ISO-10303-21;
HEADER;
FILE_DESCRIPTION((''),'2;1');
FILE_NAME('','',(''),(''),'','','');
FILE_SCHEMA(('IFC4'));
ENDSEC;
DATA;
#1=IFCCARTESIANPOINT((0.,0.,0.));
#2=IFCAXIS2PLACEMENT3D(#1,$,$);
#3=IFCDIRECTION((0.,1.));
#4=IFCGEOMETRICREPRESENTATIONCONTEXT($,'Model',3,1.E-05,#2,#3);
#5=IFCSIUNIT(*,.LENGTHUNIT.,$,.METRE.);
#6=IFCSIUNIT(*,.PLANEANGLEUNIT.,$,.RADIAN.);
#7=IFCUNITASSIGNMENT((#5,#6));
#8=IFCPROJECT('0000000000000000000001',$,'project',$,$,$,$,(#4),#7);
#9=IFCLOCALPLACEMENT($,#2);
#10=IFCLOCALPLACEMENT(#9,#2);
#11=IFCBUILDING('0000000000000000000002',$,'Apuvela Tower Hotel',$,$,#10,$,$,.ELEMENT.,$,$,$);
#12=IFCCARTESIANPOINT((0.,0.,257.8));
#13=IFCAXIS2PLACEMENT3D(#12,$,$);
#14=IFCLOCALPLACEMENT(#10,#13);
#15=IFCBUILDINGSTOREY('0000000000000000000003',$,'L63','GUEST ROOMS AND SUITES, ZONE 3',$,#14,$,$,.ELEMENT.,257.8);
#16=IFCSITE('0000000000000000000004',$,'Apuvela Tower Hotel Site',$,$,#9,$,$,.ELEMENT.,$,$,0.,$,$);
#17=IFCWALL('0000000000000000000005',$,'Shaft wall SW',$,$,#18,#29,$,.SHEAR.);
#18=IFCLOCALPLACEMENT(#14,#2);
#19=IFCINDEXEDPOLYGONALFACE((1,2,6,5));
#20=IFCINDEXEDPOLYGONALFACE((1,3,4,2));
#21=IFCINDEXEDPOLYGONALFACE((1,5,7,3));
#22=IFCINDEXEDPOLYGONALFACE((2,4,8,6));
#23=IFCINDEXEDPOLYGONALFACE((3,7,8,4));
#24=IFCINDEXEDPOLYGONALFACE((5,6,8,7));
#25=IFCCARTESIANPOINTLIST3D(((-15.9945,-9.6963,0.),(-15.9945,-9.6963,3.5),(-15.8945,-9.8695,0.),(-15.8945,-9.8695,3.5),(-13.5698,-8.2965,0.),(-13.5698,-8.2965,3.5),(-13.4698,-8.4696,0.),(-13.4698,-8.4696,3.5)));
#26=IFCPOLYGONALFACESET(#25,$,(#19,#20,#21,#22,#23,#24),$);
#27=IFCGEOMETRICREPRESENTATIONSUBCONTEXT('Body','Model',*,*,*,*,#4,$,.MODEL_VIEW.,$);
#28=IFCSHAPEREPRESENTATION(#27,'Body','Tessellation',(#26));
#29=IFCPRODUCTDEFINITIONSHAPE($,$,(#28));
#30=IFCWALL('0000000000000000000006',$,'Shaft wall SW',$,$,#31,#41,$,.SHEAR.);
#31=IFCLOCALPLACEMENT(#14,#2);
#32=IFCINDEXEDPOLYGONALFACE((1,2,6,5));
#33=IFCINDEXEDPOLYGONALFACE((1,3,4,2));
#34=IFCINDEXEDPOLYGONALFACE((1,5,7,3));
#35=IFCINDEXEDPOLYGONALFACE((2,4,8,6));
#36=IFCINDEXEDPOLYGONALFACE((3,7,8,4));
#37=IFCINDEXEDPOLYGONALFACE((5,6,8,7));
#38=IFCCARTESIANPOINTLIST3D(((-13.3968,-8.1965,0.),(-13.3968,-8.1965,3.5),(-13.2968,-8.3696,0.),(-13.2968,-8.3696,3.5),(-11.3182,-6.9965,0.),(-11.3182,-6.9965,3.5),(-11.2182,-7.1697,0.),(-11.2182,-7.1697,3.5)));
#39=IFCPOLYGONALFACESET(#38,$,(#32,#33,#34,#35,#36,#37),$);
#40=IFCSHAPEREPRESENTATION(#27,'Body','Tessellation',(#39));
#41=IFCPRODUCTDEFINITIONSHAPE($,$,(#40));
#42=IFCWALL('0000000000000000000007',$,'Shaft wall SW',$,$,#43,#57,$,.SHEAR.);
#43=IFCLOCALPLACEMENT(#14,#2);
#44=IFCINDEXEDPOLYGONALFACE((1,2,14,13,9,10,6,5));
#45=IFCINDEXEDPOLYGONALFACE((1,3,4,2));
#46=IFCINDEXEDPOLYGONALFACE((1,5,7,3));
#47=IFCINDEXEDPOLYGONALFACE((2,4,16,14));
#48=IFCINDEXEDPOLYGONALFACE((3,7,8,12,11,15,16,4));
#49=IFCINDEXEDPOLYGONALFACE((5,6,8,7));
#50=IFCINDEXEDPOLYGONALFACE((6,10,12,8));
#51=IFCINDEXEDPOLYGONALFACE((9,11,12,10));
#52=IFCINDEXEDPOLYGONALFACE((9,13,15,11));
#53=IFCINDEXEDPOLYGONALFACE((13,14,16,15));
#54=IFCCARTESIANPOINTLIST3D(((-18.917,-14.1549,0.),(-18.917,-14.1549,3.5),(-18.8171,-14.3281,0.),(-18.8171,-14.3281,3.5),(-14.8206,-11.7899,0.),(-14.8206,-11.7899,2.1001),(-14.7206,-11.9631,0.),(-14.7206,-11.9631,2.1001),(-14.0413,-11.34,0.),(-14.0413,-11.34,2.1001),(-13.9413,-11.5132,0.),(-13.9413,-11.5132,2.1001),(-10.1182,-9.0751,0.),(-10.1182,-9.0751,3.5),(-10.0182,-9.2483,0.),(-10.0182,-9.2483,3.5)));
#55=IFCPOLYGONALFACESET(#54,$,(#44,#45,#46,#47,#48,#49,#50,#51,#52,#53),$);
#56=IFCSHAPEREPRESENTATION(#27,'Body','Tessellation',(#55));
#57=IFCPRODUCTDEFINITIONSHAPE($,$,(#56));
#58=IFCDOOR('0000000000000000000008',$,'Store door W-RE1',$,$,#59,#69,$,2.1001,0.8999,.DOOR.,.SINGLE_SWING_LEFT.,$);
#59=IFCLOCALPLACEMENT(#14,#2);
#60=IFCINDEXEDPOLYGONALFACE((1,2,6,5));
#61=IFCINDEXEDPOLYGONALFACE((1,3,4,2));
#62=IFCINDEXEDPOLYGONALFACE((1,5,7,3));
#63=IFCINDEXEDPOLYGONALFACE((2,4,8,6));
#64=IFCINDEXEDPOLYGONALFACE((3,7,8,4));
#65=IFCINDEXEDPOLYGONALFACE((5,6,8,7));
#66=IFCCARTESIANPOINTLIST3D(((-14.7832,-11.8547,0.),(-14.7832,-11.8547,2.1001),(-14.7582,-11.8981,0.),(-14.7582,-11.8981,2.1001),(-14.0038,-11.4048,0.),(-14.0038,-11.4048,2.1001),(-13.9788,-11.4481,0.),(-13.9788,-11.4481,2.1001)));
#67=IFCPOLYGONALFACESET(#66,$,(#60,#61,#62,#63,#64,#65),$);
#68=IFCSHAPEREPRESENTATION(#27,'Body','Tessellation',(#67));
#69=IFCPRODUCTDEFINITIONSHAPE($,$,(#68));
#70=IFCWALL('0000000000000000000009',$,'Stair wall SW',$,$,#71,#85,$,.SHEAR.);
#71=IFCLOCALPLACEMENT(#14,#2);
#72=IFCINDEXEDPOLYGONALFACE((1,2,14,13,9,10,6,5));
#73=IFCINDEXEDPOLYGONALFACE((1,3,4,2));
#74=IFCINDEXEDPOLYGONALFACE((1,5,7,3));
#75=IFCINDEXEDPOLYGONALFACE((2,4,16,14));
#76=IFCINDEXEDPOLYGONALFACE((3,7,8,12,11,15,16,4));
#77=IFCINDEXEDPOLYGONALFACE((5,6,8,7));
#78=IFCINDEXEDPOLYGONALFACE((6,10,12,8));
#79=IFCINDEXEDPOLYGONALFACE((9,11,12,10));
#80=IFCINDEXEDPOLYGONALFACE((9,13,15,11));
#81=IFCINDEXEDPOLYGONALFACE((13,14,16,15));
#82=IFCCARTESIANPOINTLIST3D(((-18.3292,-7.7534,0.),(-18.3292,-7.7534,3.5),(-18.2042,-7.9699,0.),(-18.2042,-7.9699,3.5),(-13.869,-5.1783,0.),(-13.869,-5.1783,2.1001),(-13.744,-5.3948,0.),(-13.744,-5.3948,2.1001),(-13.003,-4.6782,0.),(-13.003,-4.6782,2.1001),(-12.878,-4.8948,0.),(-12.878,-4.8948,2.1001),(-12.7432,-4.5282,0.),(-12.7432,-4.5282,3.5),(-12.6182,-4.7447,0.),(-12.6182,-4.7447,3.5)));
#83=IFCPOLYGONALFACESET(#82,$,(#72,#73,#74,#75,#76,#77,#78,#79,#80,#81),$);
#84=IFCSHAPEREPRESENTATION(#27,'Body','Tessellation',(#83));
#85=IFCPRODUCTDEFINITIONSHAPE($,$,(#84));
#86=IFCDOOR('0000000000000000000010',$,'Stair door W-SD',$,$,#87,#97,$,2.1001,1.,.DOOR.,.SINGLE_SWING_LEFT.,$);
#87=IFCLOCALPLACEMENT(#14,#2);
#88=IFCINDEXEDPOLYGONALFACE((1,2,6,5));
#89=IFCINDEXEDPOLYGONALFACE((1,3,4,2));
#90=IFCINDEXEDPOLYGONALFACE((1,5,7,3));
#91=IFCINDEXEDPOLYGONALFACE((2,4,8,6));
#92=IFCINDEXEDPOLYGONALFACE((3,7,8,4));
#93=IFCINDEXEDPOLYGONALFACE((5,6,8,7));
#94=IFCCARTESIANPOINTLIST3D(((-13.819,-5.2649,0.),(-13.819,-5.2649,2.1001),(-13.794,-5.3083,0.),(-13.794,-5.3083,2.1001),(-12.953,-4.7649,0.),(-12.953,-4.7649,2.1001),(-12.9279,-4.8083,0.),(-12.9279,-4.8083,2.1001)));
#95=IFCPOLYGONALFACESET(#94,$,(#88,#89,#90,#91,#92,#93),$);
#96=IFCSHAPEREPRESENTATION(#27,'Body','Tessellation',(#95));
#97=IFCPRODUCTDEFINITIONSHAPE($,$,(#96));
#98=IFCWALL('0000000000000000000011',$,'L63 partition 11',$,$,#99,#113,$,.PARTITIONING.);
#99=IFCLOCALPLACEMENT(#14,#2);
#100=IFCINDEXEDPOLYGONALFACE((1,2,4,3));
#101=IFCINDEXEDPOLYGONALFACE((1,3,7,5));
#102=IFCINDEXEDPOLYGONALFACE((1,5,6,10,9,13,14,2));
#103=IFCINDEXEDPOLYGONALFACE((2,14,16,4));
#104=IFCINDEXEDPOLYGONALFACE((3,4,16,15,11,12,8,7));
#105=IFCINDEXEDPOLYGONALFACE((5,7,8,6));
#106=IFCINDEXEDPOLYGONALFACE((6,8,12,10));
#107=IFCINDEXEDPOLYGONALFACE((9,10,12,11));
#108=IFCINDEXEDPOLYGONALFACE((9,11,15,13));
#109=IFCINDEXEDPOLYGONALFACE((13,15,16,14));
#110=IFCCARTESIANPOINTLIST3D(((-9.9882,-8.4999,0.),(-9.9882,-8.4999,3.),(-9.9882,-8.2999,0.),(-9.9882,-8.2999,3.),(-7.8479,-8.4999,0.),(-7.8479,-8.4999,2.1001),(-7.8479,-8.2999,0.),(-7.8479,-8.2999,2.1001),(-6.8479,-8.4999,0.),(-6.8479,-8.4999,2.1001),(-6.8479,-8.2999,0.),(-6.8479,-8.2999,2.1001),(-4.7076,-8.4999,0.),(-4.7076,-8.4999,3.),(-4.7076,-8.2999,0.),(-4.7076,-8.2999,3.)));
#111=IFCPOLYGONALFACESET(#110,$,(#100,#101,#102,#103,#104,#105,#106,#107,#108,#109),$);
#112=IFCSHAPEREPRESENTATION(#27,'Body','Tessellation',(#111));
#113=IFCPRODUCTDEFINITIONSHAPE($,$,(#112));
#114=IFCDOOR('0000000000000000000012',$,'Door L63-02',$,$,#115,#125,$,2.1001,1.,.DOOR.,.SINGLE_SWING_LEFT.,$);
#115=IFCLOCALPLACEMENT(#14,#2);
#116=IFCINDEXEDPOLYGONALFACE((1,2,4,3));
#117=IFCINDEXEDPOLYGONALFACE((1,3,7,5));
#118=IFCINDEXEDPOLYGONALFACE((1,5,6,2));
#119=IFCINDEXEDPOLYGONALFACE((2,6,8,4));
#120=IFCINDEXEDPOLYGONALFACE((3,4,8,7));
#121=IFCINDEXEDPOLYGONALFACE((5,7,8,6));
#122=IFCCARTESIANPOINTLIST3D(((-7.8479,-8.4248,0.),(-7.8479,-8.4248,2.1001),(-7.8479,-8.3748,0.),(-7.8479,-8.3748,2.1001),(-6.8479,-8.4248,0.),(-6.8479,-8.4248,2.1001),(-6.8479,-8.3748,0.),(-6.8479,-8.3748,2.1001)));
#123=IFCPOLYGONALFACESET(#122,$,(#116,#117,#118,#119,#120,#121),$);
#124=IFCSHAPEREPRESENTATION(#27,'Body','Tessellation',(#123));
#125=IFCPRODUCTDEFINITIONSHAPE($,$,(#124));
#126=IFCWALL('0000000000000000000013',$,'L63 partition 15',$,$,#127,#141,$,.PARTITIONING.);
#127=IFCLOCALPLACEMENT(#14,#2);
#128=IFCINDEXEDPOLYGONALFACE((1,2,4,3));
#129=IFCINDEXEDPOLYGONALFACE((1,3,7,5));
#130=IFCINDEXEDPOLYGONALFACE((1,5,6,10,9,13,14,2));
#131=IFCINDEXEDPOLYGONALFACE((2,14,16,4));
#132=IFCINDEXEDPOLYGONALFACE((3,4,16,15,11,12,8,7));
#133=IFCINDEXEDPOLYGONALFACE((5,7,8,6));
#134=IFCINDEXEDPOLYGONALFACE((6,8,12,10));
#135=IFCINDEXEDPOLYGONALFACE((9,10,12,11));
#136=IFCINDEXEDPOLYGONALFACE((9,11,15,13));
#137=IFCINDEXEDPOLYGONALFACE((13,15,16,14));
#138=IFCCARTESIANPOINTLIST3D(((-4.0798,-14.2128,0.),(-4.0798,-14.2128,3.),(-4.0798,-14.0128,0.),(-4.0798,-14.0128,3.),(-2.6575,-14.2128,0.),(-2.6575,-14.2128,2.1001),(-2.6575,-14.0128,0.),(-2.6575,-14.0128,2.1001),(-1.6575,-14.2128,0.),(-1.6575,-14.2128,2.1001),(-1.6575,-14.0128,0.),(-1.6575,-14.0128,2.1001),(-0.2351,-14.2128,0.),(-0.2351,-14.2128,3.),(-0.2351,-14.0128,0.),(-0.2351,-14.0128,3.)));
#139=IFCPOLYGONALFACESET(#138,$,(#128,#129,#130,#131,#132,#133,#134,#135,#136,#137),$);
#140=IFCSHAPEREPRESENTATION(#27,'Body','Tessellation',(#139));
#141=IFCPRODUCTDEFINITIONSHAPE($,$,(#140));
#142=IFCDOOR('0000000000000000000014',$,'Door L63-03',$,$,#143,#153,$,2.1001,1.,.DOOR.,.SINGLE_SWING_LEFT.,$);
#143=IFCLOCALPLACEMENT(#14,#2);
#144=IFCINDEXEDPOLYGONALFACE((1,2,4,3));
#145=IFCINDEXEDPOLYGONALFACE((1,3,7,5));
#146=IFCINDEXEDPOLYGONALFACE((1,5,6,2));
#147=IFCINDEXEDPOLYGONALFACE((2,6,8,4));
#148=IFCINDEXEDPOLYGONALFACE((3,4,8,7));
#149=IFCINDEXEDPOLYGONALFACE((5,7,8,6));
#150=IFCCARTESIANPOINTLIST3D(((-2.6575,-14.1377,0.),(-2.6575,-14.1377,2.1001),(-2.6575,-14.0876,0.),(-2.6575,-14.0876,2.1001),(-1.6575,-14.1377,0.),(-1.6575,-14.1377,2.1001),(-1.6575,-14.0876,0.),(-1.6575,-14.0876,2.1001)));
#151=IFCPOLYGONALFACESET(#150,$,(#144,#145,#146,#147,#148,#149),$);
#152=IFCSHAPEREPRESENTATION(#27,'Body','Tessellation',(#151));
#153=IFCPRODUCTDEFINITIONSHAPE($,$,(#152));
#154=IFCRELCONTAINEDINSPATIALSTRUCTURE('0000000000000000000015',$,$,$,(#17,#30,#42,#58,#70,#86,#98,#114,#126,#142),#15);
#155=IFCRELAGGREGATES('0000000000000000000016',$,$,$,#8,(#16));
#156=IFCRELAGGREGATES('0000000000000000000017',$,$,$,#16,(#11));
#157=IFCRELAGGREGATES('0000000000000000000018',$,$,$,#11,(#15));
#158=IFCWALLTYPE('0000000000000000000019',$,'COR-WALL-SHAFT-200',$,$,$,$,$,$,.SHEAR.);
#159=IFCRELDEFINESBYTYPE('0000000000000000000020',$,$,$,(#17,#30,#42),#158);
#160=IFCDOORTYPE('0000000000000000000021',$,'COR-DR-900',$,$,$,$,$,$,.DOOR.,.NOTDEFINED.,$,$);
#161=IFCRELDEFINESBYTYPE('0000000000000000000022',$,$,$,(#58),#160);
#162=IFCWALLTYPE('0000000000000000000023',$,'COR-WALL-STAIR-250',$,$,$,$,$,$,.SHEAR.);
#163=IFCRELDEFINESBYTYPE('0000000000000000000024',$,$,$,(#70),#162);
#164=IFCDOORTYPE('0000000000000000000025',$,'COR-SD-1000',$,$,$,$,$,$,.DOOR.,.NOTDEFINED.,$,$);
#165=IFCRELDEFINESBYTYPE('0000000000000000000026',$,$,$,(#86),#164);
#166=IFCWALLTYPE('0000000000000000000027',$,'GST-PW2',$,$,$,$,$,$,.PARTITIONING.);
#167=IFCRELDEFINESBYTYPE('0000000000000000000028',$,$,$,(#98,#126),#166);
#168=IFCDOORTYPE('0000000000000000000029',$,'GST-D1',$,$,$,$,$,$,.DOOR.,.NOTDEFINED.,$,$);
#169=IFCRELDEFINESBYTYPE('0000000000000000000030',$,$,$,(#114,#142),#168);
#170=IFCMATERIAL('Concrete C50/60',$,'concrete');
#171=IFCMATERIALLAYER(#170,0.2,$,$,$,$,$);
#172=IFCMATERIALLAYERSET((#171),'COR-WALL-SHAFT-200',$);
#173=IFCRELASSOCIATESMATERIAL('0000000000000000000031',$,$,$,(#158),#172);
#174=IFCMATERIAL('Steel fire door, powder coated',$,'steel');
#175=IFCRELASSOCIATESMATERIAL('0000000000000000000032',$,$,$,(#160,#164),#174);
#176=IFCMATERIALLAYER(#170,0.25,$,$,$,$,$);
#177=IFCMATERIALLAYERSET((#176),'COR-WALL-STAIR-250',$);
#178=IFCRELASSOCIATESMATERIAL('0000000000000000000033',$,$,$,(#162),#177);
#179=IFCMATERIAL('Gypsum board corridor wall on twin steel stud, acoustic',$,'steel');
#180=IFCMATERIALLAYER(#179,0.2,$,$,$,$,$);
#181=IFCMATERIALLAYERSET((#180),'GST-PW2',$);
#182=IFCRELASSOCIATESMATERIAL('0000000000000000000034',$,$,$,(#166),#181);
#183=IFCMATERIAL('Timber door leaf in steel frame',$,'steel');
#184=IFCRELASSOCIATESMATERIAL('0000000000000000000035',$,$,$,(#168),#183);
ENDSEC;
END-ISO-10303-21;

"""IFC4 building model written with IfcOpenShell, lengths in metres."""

from ifc_helpers import new_model, si_unit, direction, frame, frame_2d, origin, place, context, subcontext, project, spatial, rectangle, extrude, material, layer, layer_set, type_object, element, fill, save


model = new_model("IFC4")

# Units and contexts
model_context = context("Model", 3, precision=1e-05, world=origin(), true_north=direction((0.0, 1.0)))
body_context = subcontext(model_context, "Body", "Model", "MODEL_VIEW")
ifc_project = project(units=[si_unit("LENGTHUNIT", "METRE"), si_unit("PLANEANGLEUNIT", "RADIAN")], contexts=[model_context])

# Site, building, storey
site_placement = place(None, origin())
site = spatial("IfcSite", under=ifc_project, at=site_placement, Name="Apuvela Tower Hotel Site", CompositionType="ELEMENT", RefElevation=0.0)
building_placement = place(site_placement, origin())
building = spatial("IfcBuilding", under=site, at=building_placement, Name="Apuvela Tower Hotel", CompositionType="ELEMENT")
storey_placement = place(building_placement, frame((0.0, 0.0, 257.8)))
storey = spatial("IfcBuildingStorey", under=building, at=storey_placement, Name="L63", Description="GUEST ROOMS AND SUITES, ZONE 3", CompositionType="ELEMENT", Elevation=257.8)

# Shared definitions
ifc_material_1 = material(Name="Concrete C50/60", Category="concrete")
ifc_material_2 = material(Name="Steel fire door, powder coated", Category="steel")

# Walls
ifc_layer_1 = layer(ifc_material_1, 0.2)
ifc_layer_set_1 = layer_set([ifc_layer_1], Name="COR-WALL-SHAFT-200")
wall_type_1 = type_object("IfcWallType", Name="COR-WALL-SHAFT-200", PredefinedType="SHEAR", material=ifc_layer_set_1)
wall_1_placement = place(storey_placement, frame((-13.5198, -8.3831, 0.0), z_axis=(0.0, 0.0, 1.0), x_axis=(-0.866035, -0.499984, 0.0)))
element("IfcWall", 1, at=wall_1_placement, inside=storey, type_object=wall_type_1, Name="Shaft wall SW", PredefinedType="SHEAR", context=body_context, shape_type="SweptSolid", body=[
    extrude(rectangle(XDim=2.7998, YDim=0.2, at=frame_2d((1.3999, 0.0))), origin(), (0.0, 0.0, 1.0), 3.5),
])
wall_2_placement = place(storey_placement, frame((-11.2681, -7.083, 0.0), z_axis=(0.0, 0.0, 1.0), x_axis=(-0.86605, -0.499957, 0.0)))
element("IfcWall", 2, at=wall_2_placement, inside=storey, type_object=wall_type_1, Name="Shaft wall SW", PredefinedType="SHEAR", context=body_context, shape_type="SweptSolid", body=[
    extrude(rectangle(XDim=2.4001, YDim=0.2, at=frame_2d((1.2002, 0.0))), origin(), (0.0, 0.0, 1.0), 3.5),
])

# Walls, openings, doors
wall_3_placement = place(storey_placement, frame((-10.0681, -9.1616, 0.0), z_axis=(0.0, 0.0, 1.0), x_axis=(-0.866033, -0.499987, 0.0)))
wall_3 = element("IfcWall", 3, at=wall_3_placement, inside=storey, type_object=wall_type_1, Name="Shaft wall SW", PredefinedType="SHEAR", context=body_context, shape_type="SweptSolid", body=[
    extrude(rectangle(XDim=10.1599, YDim=0.2, at=frame_2d((5.0801, 0.0))), origin(), (0.0, 0.0, 1.0), 3.5),
])
opening_1_placement = place(wall_3_placement, frame((4.53, 0.0, 0.0)))
opening_1 = element("IfcOpeningElement", 4, at=opening_1_placement, cuts=wall_3, PredefinedType="OPENING", context=body_context, shape_type="SweptSolid", body=[
    extrude(rectangle(XDim=0.8999, YDim=2.1001, at=frame_2d((0.45, 1.05))), frame((0.0, 0.1099, 0.0), z_axis=(0.0, -1.0, 0.0), x_axis=(1.0, 0.0, 0.0)), (0.0, 0.0, 1.0), 0.22),
])
door_type_1 = type_object("IfcDoorType", Name="COR-DR-900", OperationType="NOTDEFINED", PredefinedType="DOOR", material=ifc_material_2)
door_1_placement = place(opening_1_placement, origin())
door_1 = element("IfcDoor", 5, at=door_1_placement, inside=storey, type_object=door_type_1, Name="Store door W-RE1", OperationType="SINGLE_SWING_LEFT", OverallHeight=2.1001, OverallWidth=0.8999, PredefinedType="DOOR", context=body_context, shape_type="SweptSolid", body=[
    extrude(rectangle(XDim=0.8999, YDim=2.1001, at=frame_2d((0.45, 1.05))), frame((0.0, 0.0249, 0.0), z_axis=(0.0, -1.0, 0.0), x_axis=(1.0, 0.0, 0.0)), (0.0, 0.0, 1.0), 0.05),
])
fill(opening_1, door_1)
ifc_layer_2 = layer(ifc_material_1, 0.25)
ifc_layer_set_2 = layer_set([ifc_layer_2], Name="COR-WALL-STAIR-250")
wall_type_2 = type_object("IfcWallType", Name="COR-WALL-STAIR-250", PredefinedType="SHEAR", material=ifc_layer_set_2)
wall_4_placement = place(storey_placement, frame((-12.6807, -4.6365, 0.0), z_axis=(0.0, 0.0, 1.0), x_axis=(-0.866022, -0.500006, 0.0)))
wall_4 = element("IfcWall", 6, at=wall_4_placement, inside=storey, type_object=wall_type_2, Name="Stair wall SW", PredefinedType="SHEAR", context=body_context, shape_type="SweptSolid", body=[
    extrude(rectangle(XDim=6.4502, YDim=0.25, at=frame_2d((3.2251, 0.0))), origin(), (0.0, 0.0, 1.0), 3.5),
])
opening_2_placement = place(wall_4_placement, frame((0.3, 0.0, 0.0)))
opening_2 = element("IfcOpeningElement", 7, at=opening_2_placement, cuts=wall_4, PredefinedType="OPENING", context=body_context, shape_type="SweptSolid", body=[
    extrude(rectangle(XDim=1.0, YDim=2.1001, at=frame_2d((0.5, 1.05))), frame((0.0, 0.135, 0.0), z_axis=(0.0, -1.0, 0.0), x_axis=(1.0, 0.0, 0.0)), (0.0, 0.0, 1.0), 0.27),
])
door_type_2 = type_object("IfcDoorType", Name="COR-SD-1000", OperationType="NOTDEFINED", PredefinedType="DOOR", material=ifc_material_2)
door_2_placement = place(opening_2_placement, frame((1.0, 0.0, 0.0), z_axis=(0.0, 0.0, 1.0), x_axis=(-1.0, 0.0, 0.0)))
door_2 = element("IfcDoor", 8, at=door_2_placement, inside=storey, type_object=door_type_2, Name="Stair door W-SD", OperationType="SINGLE_SWING_LEFT", OverallHeight=2.1001, OverallWidth=1.0, PredefinedType="DOOR", context=body_context, shape_type="SweptSolid", body=[
    extrude(rectangle(XDim=1.0, YDim=2.1001, at=frame_2d((0.5, 1.05))), frame((0.0, 0.0249, 0.0), z_axis=(0.0, -1.0, 0.0), x_axis=(1.0, 0.0, 0.0)), (0.0, 0.0, 1.0), 0.05),
])
fill(opening_2, door_2)
ifc_material_3 = material(Name="Gypsum board corridor wall on twin steel stud, acoustic", Category="steel")
ifc_layer_3 = layer(ifc_material_3, 0.2)
ifc_layer_set_3 = layer_set([ifc_layer_3], Name="GST-PW2")
wall_type_3 = type_object("IfcWallType", Name="GST-PW2", PredefinedType="PARTITIONING", material=ifc_layer_set_3)
wall_5_placement = place(storey_placement, frame((-4.7078, -8.3999, 0.0), z_axis=(0.0, 0.0, 1.0), x_axis=(-1.0, 0.0, 0.0)))
wall_5 = element("IfcWall", 9, at=wall_5_placement, inside=storey, type_object=wall_type_3, Name="L63 partition 11", PredefinedType="PARTITIONING", context=body_context, shape_type="SweptSolid", body=[
    extrude(rectangle(XDim=5.2805, YDim=0.2, at=frame_2d((2.6401, 0.0))), origin(), (0.0, 0.0, 1.0), 3.0),
])
opening_3_placement = place(wall_5_placement, frame((2.1401, 0.0, 0.0)))
opening_3 = element("IfcOpeningElement", 10, at=opening_3_placement, cuts=wall_5, PredefinedType="OPENING", context=body_context, shape_type="SweptSolid", body=[
    extrude(rectangle(XDim=1.0, YDim=2.1001, at=frame_2d((0.5, 1.05))), frame((0.0, 0.1099, 0.0), z_axis=(0.0, -1.0, 0.0), x_axis=(1.0, 0.0, 0.0)), (0.0, 0.0, 1.0), 0.22),
])
ifc_material_4 = material(Name="Timber door leaf in steel frame", Category="steel")
door_type_3 = type_object("IfcDoorType", Name="GST-D1", OperationType="NOTDEFINED", PredefinedType="DOOR", material=ifc_material_4)
door_3_placement = place(opening_3_placement, origin())
door_3 = element("IfcDoor", 11, at=door_3_placement, inside=storey, type_object=door_type_3, Name="Door L63-02", OperationType="SINGLE_SWING_LEFT", OverallHeight=2.1001, OverallWidth=1.0, PredefinedType="DOOR", context=body_context, shape_type="SweptSolid", body=[
    extrude(rectangle(XDim=1.0, YDim=2.1001, at=frame_2d((0.5, 1.05))), frame((0.0, 0.0249, 0.0), z_axis=(0.0, -1.0, 0.0), x_axis=(1.0, 0.0, 0.0)), (0.0, 0.0, 1.0), 0.05),
])
fill(opening_3, door_3)
wall_6_placement = place(storey_placement, frame((-0.2351, -14.1128, 0.0), z_axis=(0.0, 0.0, 1.0), x_axis=(-1.0, 0.0, 0.0)))
wall_6 = element("IfcWall", 12, at=wall_6_placement, inside=storey, type_object=wall_type_3, Name="L63 partition 15", PredefinedType="PARTITIONING", context=body_context, shape_type="SweptSolid", body=[
    extrude(rectangle(XDim=3.8447, YDim=0.2, at=frame_2d((1.9224, 0.0))), origin(), (0.0, 0.0, 1.0), 3.0),
])
opening_4_placement = place(wall_6_placement, frame((1.4224, 0.0, 0.0)))
opening_4 = element("IfcOpeningElement", 13, at=opening_4_placement, cuts=wall_6, PredefinedType="OPENING", context=body_context, shape_type="SweptSolid", body=[
    extrude(rectangle(XDim=1.0, YDim=2.1001, at=frame_2d((0.5, 1.05))), frame((0.0, 0.1099, 0.0), z_axis=(0.0, -1.0, 0.0), x_axis=(1.0, 0.0, 0.0)), (0.0, 0.0, 1.0), 0.22),
])
door_4_placement = place(opening_4_placement, origin())
door_4 = element("IfcDoor", 14, at=door_4_placement, inside=storey, type_object=door_type_3, Name="Door L63-03", OperationType="SINGLE_SWING_LEFT", OverallHeight=2.1001, OverallWidth=1.0, PredefinedType="DOOR", context=body_context, shape_type="SweptSolid", body=[
    extrude(rectangle(XDim=1.0, YDim=2.1001, at=frame_2d((0.5, 1.05))), frame((0.0, 0.0249, 0.0), z_axis=(0.0, -1.0, 0.0), x_axis=(1.0, 0.0, 0.0)), (0.0, 0.0, 1.0), 0.05),
])
fill(opening_4, door_4)

save(model, "model.ifc")
